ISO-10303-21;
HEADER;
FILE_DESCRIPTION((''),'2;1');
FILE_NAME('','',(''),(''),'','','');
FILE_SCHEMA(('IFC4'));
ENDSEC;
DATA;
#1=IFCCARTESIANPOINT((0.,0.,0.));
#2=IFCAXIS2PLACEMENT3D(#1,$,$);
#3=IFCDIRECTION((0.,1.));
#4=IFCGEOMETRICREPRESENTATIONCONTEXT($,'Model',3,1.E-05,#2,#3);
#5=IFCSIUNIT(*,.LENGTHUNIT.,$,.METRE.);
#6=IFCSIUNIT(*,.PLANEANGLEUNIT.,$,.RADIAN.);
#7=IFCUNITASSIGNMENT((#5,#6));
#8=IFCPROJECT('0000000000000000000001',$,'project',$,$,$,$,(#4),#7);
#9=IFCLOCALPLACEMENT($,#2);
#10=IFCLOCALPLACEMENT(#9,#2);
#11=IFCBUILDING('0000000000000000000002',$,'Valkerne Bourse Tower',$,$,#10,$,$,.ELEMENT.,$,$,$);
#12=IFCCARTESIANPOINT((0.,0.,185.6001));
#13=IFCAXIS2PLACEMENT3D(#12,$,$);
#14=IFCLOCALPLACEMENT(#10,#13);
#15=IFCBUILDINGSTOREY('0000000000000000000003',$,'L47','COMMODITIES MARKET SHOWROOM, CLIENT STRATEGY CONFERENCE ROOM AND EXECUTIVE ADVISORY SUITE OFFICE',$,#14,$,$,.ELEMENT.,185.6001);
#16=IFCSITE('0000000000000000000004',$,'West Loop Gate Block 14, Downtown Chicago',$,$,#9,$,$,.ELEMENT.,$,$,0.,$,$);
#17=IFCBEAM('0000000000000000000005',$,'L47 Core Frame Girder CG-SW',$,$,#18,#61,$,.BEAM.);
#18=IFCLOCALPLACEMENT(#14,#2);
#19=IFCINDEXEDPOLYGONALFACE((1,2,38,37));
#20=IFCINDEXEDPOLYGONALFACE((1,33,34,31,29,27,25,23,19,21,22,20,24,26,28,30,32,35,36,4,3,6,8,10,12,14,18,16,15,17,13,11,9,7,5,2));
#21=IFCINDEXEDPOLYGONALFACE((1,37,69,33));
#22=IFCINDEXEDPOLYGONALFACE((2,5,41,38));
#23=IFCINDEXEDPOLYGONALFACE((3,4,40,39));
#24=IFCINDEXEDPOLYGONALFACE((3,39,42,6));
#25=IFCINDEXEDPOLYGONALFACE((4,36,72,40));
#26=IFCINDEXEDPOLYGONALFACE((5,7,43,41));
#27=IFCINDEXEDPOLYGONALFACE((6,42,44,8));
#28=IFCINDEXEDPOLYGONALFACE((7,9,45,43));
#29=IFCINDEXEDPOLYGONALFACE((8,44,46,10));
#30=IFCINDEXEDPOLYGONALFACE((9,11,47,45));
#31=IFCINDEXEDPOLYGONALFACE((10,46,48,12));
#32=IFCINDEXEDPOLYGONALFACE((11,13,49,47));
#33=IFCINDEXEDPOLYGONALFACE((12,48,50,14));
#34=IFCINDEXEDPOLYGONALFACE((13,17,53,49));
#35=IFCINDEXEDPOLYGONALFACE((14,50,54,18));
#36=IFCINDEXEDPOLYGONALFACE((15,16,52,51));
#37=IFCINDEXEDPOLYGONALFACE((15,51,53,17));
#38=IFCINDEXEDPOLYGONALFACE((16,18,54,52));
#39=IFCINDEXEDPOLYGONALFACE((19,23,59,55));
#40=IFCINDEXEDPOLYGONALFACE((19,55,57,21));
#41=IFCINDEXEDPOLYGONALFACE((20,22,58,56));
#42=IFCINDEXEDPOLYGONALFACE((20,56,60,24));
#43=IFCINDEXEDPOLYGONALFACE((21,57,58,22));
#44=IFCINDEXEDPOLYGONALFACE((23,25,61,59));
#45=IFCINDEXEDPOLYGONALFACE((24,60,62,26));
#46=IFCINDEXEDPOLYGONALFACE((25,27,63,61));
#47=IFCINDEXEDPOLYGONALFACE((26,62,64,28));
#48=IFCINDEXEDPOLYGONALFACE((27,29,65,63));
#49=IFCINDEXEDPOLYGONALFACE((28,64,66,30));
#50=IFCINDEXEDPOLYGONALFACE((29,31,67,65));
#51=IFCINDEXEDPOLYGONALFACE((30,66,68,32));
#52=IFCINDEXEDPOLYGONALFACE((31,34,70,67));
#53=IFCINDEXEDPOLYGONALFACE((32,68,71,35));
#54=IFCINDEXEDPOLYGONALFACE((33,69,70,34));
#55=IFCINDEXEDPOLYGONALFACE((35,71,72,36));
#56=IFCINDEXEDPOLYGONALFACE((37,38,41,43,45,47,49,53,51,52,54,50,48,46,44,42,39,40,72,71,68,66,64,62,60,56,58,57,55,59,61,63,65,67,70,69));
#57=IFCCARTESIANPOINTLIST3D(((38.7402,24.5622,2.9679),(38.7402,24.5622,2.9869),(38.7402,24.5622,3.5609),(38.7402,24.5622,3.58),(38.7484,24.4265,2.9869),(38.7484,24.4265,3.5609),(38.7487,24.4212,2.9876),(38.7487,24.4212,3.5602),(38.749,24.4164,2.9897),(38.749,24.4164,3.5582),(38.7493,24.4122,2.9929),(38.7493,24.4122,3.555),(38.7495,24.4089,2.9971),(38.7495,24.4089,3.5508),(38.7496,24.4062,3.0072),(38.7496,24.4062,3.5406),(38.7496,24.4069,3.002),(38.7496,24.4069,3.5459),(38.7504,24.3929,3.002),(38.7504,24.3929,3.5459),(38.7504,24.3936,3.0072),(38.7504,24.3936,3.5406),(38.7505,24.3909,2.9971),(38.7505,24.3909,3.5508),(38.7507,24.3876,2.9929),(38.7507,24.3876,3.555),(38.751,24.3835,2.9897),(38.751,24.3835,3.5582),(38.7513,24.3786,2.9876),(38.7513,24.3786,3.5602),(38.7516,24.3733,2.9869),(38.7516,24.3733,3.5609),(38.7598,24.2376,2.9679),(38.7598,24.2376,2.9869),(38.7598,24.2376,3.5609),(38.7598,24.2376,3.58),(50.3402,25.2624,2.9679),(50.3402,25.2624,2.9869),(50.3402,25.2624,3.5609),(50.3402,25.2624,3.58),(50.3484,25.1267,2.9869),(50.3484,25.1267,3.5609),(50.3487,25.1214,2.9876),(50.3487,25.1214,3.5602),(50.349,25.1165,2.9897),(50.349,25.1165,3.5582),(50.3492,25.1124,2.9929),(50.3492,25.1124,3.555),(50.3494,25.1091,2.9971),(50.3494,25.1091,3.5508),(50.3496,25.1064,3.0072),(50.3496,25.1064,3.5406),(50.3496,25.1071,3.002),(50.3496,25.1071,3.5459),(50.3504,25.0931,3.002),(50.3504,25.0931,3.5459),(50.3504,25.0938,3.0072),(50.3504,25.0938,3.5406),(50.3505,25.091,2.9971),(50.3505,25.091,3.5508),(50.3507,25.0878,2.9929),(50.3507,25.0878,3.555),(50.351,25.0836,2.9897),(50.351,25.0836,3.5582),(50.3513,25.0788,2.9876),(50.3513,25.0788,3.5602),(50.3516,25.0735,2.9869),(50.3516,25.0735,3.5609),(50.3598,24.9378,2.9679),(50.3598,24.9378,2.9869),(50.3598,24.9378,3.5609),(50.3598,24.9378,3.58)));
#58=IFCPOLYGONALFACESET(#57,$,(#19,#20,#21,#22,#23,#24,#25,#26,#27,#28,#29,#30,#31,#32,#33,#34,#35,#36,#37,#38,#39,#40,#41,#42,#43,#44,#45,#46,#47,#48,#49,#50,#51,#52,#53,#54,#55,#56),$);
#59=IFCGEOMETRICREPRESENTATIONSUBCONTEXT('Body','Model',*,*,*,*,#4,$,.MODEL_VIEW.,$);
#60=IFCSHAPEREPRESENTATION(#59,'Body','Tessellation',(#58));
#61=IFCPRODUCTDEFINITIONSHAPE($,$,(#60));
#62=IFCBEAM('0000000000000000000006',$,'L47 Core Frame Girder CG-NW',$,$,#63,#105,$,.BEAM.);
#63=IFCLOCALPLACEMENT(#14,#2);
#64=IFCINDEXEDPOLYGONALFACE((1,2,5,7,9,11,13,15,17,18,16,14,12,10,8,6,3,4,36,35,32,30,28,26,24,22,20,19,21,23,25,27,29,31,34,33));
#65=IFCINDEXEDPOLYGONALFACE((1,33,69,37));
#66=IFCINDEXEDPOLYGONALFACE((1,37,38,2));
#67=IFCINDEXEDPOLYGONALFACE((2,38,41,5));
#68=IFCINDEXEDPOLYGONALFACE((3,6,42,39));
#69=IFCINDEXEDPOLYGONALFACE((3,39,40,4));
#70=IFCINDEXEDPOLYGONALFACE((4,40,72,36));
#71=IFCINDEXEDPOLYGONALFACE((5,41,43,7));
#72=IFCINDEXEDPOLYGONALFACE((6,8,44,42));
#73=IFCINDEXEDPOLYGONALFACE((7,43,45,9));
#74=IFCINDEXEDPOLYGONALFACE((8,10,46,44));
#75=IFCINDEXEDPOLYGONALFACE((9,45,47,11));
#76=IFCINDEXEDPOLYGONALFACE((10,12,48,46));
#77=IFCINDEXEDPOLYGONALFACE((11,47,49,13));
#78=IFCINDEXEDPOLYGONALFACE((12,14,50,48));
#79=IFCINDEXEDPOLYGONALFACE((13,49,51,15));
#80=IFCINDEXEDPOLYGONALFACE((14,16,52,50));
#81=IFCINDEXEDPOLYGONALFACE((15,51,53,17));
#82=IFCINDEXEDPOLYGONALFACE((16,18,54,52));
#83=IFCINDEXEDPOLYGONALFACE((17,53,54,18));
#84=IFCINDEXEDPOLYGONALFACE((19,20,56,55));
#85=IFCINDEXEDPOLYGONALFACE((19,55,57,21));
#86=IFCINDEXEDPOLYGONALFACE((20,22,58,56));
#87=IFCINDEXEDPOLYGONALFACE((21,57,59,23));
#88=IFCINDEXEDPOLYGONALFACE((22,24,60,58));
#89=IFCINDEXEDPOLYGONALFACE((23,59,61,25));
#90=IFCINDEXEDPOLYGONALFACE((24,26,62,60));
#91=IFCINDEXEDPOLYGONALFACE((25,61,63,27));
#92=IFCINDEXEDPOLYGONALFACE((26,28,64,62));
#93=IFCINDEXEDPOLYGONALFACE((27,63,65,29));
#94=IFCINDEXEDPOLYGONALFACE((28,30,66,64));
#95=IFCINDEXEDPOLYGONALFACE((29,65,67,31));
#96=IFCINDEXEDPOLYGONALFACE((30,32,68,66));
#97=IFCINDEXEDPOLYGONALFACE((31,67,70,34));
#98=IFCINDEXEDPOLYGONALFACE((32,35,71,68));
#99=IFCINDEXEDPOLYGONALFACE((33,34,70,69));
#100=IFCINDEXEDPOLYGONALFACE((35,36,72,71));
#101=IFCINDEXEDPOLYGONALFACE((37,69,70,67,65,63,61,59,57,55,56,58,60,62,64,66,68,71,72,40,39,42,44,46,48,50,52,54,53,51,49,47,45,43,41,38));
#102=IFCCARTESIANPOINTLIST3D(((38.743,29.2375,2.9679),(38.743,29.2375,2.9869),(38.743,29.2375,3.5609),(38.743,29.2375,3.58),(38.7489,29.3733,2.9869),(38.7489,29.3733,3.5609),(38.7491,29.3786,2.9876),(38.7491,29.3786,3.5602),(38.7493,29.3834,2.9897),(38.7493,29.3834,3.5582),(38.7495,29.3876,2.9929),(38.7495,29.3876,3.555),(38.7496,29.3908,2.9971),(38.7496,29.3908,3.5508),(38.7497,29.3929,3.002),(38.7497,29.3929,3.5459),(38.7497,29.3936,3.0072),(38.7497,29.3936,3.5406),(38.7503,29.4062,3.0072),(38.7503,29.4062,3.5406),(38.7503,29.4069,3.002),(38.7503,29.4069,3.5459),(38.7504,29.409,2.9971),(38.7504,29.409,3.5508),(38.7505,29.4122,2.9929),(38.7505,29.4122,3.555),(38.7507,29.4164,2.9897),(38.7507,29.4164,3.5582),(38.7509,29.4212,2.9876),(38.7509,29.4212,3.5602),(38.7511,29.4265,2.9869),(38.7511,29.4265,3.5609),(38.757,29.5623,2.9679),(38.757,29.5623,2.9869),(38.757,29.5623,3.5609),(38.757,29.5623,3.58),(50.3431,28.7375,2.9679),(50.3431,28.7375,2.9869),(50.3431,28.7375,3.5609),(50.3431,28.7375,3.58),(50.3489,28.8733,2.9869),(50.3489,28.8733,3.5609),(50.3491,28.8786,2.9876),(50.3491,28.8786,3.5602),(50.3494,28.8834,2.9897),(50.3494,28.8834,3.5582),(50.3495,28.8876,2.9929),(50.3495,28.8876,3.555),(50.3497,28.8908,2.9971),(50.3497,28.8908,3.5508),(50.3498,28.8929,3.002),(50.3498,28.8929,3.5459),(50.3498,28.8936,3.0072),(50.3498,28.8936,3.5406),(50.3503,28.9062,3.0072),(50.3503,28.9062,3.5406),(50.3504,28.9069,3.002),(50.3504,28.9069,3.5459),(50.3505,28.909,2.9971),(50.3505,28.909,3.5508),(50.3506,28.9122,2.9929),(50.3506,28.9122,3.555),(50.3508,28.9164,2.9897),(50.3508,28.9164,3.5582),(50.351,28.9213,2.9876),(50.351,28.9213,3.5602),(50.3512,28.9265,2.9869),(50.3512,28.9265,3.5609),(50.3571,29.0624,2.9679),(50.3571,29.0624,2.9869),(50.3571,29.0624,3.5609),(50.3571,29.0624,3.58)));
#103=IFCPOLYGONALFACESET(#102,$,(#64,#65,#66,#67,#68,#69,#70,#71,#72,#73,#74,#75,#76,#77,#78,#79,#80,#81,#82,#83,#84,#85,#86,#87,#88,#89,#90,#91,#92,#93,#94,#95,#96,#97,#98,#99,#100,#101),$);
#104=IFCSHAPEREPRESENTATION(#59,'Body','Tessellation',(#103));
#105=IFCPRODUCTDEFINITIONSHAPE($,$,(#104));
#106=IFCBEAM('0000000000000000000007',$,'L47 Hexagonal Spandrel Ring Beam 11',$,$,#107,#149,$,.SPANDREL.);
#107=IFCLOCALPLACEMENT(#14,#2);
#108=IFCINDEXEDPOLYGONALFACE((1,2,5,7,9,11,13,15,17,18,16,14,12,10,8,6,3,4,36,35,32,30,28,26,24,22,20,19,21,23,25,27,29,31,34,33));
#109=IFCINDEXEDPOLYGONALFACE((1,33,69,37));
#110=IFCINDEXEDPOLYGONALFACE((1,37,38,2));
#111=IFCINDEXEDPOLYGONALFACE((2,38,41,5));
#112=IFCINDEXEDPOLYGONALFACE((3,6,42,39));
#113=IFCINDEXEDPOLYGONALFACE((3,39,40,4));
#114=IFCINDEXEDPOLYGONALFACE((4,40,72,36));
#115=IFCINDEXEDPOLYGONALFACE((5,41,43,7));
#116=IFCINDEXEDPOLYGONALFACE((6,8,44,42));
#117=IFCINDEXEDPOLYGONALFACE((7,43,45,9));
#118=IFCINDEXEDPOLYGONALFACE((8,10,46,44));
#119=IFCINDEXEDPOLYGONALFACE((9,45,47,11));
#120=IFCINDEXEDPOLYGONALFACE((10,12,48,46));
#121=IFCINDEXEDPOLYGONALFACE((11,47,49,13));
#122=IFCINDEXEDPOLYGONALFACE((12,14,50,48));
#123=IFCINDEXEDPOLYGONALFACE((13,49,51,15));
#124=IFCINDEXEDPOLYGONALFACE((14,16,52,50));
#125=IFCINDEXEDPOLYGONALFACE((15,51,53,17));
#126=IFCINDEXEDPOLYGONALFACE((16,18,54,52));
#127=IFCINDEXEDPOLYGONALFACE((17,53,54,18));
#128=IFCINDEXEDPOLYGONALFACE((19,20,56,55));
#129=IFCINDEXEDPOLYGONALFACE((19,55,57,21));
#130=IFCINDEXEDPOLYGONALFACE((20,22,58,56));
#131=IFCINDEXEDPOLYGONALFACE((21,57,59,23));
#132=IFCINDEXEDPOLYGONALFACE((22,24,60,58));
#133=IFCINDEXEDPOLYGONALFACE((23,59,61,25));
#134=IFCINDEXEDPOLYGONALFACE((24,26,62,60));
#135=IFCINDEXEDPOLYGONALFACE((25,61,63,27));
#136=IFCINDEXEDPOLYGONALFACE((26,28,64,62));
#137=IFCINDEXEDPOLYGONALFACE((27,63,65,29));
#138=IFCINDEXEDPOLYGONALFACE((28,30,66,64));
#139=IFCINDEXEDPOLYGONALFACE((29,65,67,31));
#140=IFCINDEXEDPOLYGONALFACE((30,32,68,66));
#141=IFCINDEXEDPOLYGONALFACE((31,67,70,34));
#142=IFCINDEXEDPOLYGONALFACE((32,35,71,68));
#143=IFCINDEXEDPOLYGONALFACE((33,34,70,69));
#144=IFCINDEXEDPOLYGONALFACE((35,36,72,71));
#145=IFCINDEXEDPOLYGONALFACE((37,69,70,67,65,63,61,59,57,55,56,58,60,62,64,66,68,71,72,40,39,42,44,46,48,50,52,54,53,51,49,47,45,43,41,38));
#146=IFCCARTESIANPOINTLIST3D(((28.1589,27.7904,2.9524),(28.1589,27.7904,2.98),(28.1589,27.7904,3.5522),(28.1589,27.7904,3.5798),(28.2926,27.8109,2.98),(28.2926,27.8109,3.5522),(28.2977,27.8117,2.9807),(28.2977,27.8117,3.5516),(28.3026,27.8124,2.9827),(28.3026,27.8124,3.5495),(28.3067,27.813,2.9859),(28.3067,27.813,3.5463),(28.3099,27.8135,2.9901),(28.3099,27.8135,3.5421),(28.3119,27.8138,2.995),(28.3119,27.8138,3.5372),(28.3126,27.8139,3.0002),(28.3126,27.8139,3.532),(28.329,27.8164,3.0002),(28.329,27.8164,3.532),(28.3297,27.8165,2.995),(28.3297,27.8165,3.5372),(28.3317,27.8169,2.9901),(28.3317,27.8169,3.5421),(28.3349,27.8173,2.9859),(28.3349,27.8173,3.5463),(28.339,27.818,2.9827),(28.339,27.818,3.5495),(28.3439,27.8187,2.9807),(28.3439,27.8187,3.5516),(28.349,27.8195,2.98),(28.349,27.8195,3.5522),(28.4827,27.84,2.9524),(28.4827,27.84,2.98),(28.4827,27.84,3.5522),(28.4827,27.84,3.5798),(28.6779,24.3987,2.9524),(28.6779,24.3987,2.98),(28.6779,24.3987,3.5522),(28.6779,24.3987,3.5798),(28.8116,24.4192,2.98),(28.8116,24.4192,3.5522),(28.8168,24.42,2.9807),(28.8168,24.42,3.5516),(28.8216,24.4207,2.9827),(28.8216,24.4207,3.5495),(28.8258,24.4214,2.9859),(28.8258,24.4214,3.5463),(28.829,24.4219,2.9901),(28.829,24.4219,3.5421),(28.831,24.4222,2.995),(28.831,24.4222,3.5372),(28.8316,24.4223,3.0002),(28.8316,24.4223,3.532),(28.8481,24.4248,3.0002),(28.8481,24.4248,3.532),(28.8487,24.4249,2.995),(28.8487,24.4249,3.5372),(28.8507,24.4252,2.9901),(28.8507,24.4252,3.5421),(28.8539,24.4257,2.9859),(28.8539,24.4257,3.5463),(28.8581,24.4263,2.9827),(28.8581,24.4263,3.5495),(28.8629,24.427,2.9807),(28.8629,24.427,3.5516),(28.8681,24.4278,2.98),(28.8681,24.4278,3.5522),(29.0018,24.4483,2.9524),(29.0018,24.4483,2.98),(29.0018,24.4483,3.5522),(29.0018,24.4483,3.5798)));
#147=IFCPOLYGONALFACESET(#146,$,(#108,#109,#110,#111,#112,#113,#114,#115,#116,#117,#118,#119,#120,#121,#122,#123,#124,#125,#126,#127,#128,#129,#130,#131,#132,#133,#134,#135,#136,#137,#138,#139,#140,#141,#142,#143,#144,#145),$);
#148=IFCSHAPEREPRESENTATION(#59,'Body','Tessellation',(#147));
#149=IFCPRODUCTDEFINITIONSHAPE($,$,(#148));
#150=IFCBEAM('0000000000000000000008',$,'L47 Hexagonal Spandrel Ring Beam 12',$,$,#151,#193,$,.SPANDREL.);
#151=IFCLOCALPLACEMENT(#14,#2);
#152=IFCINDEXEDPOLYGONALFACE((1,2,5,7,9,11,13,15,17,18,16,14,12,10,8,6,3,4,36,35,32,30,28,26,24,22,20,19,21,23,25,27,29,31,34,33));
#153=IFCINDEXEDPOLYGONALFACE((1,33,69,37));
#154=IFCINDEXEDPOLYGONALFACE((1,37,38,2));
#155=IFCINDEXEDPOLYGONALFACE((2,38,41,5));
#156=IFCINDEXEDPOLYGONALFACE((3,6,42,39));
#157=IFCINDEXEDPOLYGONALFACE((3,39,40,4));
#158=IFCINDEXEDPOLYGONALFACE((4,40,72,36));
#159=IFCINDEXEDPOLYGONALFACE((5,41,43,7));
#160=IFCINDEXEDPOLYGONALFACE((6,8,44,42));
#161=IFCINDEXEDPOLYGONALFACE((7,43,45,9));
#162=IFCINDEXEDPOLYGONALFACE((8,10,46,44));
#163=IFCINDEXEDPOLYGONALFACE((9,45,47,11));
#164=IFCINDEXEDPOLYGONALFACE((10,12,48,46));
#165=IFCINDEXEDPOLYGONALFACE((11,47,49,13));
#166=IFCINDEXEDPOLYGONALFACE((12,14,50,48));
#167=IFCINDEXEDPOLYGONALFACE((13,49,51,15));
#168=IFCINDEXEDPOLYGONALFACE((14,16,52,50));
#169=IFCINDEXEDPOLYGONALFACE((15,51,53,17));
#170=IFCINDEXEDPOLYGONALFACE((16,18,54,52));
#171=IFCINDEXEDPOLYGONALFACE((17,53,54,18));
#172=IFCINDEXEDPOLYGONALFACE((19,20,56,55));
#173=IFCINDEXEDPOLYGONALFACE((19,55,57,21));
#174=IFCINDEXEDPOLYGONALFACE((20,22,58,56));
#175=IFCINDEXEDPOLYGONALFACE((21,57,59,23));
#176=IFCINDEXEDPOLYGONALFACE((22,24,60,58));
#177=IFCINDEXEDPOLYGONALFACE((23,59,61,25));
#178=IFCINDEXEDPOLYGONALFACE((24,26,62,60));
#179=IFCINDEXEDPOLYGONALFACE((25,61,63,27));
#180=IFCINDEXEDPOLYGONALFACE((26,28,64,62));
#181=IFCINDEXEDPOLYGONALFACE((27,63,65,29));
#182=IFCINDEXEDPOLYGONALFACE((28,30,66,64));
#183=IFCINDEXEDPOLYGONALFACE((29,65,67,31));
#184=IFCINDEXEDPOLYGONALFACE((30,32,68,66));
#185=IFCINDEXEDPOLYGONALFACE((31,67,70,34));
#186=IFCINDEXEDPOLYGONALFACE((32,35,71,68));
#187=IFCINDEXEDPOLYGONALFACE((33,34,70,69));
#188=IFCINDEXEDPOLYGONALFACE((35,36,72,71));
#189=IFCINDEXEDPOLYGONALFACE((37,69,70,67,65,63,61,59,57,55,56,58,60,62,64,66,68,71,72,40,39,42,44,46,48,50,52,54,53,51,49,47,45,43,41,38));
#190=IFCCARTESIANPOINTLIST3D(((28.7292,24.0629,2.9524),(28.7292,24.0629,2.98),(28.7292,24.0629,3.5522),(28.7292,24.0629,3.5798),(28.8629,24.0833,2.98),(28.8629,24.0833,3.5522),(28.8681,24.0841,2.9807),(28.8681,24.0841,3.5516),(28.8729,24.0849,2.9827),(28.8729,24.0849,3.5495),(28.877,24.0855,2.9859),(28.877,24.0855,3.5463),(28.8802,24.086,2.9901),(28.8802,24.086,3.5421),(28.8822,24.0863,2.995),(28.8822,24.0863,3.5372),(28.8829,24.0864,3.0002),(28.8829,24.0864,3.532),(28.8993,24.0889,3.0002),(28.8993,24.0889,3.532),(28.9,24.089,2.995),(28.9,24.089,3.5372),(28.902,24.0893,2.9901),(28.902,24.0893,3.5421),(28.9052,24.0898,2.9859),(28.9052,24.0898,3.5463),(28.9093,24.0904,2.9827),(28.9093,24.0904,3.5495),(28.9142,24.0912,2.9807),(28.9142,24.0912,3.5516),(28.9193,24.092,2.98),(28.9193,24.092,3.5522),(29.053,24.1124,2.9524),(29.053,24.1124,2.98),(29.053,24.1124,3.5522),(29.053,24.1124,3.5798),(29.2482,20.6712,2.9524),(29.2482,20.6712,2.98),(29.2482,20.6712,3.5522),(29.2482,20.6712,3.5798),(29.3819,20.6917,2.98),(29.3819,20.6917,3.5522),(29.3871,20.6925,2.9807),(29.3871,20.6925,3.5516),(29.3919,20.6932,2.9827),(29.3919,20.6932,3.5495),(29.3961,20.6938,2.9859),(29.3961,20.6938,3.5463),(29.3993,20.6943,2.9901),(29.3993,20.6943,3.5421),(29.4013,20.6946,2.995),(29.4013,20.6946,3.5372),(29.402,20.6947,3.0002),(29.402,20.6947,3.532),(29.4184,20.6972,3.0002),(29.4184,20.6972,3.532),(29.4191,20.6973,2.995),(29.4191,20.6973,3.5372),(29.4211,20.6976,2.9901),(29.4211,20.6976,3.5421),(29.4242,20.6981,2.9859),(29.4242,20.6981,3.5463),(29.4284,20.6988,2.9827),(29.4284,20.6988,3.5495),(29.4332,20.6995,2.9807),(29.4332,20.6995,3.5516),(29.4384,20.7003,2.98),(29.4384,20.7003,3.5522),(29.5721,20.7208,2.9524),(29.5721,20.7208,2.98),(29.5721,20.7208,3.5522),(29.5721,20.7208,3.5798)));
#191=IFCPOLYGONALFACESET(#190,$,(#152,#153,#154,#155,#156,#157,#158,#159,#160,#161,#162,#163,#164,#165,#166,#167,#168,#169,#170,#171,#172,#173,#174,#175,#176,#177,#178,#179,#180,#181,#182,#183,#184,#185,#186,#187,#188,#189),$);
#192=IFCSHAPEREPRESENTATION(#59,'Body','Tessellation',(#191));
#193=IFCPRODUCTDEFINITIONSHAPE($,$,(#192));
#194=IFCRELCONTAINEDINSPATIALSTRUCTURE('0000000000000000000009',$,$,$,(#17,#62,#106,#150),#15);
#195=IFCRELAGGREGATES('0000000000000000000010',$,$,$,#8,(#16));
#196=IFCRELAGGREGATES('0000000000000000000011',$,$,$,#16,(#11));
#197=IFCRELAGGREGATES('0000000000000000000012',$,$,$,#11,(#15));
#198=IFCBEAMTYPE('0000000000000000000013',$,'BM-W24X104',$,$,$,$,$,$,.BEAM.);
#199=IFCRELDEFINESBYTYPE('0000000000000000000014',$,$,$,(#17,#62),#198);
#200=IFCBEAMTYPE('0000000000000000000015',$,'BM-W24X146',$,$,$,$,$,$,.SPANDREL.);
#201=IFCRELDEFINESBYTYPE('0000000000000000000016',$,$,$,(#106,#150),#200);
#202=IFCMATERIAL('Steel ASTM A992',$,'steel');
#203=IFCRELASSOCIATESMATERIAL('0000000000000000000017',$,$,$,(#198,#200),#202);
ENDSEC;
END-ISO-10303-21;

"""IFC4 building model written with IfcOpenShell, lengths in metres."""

from ifc_helpers import new_model, si_unit, direction, frame, origin, origin_2d, place, context, subcontext, project, spatial, i_section, extrude, material, material_profile, profile_set, type_object, element, save


model = new_model("IFC4")

# Units and contexts
model_context = context("Model", 3, precision=1e-05, world=origin(), true_north=direction((0.0, 1.0)))
body_context = subcontext(model_context, "Body", "Model", "MODEL_VIEW")
ifc_project = project(units=[si_unit("LENGTHUNIT", "METRE"), si_unit("PLANEANGLEUNIT", "RADIAN")], contexts=[model_context])

# Site, building, storey
site_placement = place(None, origin())
site = spatial("IfcSite", under=ifc_project, at=site_placement, Name="West Loop Gate Block 14, Downtown Chicago", CompositionType="ELEMENT", RefElevation=0.0)
building_placement = place(site_placement, origin())
building = spatial("IfcBuilding", under=site, at=building_placement, Name="Valkerne Bourse Tower", CompositionType="ELEMENT")
storey_placement = place(building_placement, frame((0.0, 0.0, 185.6001)))
storey = spatial("IfcBuildingStorey", under=building, at=storey_placement, Name="L47", Description="COMMODITIES MARKET SHOWROOM, CLIENT STRATEGY CONFERENCE ROOM AND EXECUTIVE ADVISORY SUITE OFFICE", CompositionType="ELEMENT", Elevation=185.6001)

# Beams
ifc_material_1 = material(Name="Steel ASTM A992", Category="steel")
ifc_material_profile_1 = material_profile(ifc_material_1, i_section(OverallWidth=0.3252, OverallDepth=0.6121, WebThickness=0.0127, FlangeThickness=0.019, FilletRadius=0.0203, at=origin_2d()), Name="W24X104")
ifc_profile_set_1 = profile_set([ifc_material_profile_1], Name="Steel ASTM A992")
beam_type_1 = type_object("IfcBeamType", Name="BM-W24X104", PredefinedType="BEAM", material=ifc_profile_set_1)
beam_1_placement = place(storey_placement, frame((38.75, 24.3999, 3.2739), z_axis=(0.998183, 0.060251, 0.0), x_axis=(-0.060251, 0.998183, 0.0)))
element("IfcBeam", 1, at=beam_1_placement, inside=storey, type_object=beam_type_1, Name="L47 Core Frame Girder CG-SW", PredefinedType="BEAM", context=body_context, shape_type="SweptSolid", body=[
    extrude(i_section(OverallWidth=0.3252, OverallDepth=0.6121, WebThickness=0.0127, FlangeThickness=0.019, FilletRadius=0.0203, at=origin_2d()), origin(), (0.0, 0.0, 1.0), 11.6211),
])
beam_2_placement = place(storey_placement, frame((38.75, 29.3999, 3.2739), z_axis=(0.999072, -0.043063, 0.0), x_axis=(0.043063, 0.999072, 0.0)))
element("IfcBeam", 2, at=beam_2_placement, inside=storey, type_object=beam_type_1, Name="L47 Core Frame Girder CG-NW", PredefinedType="BEAM", context=body_context, shape_type="SweptSolid", body=[
    extrude(i_section(OverallWidth=0.3252, OverallDepth=0.6121, WebThickness=0.0127, FlangeThickness=0.019, FilletRadius=0.0203, at=origin_2d()), origin(), (0.0, 0.0, 1.0), 11.6108),
])
ifc_material_profile_2 = material_profile(ifc_material_1, i_section(OverallWidth=0.3276, OverallDepth=0.6274, WebThickness=0.0166, FlangeThickness=0.0276, FilletRadius=0.0203, at=origin_2d()), Name="W24X146")
ifc_profile_set_2 = profile_set([ifc_material_profile_2], Name="Steel ASTM A992")
beam_type_2 = type_object("IfcBeamType", Name="BM-W24X146", PredefinedType="SPANDREL", material=ifc_profile_set_2)
for number, where, z_axis, x_axis, name in (
    (3, (28.3208, 27.8152, 3.2661), (0.151276, -0.988491, 0.0), (0.988491, 0.151276, 0.0), "L47 Hexagonal Spandrel Ring Beam 11"),
    (4, (28.8911, 24.0876, 3.2661), (0.151276, -0.988491, 0.0), (0.988491, 0.151276, 0.0), "L47 Hexagonal Spandrel Ring Beam 12"),
):
    element("IfcBeam", number, at=place(storey_placement, frame(where, z_axis=z_axis, x_axis=x_axis)), inside=storey, type_object=beam_type_2, Name=name, PredefinedType="SPANDREL", context=body_context, shape_type="SweptSolid", body=[
        extrude(i_section(OverallWidth=0.3276, OverallDepth=0.6274, WebThickness=0.0166, FlangeThickness=0.0276, FilletRadius=0.0203, at=origin_2d()), origin(), (0.0, 0.0, 1.0), 3.4312),
    ])

save(model, "model.ifc")
